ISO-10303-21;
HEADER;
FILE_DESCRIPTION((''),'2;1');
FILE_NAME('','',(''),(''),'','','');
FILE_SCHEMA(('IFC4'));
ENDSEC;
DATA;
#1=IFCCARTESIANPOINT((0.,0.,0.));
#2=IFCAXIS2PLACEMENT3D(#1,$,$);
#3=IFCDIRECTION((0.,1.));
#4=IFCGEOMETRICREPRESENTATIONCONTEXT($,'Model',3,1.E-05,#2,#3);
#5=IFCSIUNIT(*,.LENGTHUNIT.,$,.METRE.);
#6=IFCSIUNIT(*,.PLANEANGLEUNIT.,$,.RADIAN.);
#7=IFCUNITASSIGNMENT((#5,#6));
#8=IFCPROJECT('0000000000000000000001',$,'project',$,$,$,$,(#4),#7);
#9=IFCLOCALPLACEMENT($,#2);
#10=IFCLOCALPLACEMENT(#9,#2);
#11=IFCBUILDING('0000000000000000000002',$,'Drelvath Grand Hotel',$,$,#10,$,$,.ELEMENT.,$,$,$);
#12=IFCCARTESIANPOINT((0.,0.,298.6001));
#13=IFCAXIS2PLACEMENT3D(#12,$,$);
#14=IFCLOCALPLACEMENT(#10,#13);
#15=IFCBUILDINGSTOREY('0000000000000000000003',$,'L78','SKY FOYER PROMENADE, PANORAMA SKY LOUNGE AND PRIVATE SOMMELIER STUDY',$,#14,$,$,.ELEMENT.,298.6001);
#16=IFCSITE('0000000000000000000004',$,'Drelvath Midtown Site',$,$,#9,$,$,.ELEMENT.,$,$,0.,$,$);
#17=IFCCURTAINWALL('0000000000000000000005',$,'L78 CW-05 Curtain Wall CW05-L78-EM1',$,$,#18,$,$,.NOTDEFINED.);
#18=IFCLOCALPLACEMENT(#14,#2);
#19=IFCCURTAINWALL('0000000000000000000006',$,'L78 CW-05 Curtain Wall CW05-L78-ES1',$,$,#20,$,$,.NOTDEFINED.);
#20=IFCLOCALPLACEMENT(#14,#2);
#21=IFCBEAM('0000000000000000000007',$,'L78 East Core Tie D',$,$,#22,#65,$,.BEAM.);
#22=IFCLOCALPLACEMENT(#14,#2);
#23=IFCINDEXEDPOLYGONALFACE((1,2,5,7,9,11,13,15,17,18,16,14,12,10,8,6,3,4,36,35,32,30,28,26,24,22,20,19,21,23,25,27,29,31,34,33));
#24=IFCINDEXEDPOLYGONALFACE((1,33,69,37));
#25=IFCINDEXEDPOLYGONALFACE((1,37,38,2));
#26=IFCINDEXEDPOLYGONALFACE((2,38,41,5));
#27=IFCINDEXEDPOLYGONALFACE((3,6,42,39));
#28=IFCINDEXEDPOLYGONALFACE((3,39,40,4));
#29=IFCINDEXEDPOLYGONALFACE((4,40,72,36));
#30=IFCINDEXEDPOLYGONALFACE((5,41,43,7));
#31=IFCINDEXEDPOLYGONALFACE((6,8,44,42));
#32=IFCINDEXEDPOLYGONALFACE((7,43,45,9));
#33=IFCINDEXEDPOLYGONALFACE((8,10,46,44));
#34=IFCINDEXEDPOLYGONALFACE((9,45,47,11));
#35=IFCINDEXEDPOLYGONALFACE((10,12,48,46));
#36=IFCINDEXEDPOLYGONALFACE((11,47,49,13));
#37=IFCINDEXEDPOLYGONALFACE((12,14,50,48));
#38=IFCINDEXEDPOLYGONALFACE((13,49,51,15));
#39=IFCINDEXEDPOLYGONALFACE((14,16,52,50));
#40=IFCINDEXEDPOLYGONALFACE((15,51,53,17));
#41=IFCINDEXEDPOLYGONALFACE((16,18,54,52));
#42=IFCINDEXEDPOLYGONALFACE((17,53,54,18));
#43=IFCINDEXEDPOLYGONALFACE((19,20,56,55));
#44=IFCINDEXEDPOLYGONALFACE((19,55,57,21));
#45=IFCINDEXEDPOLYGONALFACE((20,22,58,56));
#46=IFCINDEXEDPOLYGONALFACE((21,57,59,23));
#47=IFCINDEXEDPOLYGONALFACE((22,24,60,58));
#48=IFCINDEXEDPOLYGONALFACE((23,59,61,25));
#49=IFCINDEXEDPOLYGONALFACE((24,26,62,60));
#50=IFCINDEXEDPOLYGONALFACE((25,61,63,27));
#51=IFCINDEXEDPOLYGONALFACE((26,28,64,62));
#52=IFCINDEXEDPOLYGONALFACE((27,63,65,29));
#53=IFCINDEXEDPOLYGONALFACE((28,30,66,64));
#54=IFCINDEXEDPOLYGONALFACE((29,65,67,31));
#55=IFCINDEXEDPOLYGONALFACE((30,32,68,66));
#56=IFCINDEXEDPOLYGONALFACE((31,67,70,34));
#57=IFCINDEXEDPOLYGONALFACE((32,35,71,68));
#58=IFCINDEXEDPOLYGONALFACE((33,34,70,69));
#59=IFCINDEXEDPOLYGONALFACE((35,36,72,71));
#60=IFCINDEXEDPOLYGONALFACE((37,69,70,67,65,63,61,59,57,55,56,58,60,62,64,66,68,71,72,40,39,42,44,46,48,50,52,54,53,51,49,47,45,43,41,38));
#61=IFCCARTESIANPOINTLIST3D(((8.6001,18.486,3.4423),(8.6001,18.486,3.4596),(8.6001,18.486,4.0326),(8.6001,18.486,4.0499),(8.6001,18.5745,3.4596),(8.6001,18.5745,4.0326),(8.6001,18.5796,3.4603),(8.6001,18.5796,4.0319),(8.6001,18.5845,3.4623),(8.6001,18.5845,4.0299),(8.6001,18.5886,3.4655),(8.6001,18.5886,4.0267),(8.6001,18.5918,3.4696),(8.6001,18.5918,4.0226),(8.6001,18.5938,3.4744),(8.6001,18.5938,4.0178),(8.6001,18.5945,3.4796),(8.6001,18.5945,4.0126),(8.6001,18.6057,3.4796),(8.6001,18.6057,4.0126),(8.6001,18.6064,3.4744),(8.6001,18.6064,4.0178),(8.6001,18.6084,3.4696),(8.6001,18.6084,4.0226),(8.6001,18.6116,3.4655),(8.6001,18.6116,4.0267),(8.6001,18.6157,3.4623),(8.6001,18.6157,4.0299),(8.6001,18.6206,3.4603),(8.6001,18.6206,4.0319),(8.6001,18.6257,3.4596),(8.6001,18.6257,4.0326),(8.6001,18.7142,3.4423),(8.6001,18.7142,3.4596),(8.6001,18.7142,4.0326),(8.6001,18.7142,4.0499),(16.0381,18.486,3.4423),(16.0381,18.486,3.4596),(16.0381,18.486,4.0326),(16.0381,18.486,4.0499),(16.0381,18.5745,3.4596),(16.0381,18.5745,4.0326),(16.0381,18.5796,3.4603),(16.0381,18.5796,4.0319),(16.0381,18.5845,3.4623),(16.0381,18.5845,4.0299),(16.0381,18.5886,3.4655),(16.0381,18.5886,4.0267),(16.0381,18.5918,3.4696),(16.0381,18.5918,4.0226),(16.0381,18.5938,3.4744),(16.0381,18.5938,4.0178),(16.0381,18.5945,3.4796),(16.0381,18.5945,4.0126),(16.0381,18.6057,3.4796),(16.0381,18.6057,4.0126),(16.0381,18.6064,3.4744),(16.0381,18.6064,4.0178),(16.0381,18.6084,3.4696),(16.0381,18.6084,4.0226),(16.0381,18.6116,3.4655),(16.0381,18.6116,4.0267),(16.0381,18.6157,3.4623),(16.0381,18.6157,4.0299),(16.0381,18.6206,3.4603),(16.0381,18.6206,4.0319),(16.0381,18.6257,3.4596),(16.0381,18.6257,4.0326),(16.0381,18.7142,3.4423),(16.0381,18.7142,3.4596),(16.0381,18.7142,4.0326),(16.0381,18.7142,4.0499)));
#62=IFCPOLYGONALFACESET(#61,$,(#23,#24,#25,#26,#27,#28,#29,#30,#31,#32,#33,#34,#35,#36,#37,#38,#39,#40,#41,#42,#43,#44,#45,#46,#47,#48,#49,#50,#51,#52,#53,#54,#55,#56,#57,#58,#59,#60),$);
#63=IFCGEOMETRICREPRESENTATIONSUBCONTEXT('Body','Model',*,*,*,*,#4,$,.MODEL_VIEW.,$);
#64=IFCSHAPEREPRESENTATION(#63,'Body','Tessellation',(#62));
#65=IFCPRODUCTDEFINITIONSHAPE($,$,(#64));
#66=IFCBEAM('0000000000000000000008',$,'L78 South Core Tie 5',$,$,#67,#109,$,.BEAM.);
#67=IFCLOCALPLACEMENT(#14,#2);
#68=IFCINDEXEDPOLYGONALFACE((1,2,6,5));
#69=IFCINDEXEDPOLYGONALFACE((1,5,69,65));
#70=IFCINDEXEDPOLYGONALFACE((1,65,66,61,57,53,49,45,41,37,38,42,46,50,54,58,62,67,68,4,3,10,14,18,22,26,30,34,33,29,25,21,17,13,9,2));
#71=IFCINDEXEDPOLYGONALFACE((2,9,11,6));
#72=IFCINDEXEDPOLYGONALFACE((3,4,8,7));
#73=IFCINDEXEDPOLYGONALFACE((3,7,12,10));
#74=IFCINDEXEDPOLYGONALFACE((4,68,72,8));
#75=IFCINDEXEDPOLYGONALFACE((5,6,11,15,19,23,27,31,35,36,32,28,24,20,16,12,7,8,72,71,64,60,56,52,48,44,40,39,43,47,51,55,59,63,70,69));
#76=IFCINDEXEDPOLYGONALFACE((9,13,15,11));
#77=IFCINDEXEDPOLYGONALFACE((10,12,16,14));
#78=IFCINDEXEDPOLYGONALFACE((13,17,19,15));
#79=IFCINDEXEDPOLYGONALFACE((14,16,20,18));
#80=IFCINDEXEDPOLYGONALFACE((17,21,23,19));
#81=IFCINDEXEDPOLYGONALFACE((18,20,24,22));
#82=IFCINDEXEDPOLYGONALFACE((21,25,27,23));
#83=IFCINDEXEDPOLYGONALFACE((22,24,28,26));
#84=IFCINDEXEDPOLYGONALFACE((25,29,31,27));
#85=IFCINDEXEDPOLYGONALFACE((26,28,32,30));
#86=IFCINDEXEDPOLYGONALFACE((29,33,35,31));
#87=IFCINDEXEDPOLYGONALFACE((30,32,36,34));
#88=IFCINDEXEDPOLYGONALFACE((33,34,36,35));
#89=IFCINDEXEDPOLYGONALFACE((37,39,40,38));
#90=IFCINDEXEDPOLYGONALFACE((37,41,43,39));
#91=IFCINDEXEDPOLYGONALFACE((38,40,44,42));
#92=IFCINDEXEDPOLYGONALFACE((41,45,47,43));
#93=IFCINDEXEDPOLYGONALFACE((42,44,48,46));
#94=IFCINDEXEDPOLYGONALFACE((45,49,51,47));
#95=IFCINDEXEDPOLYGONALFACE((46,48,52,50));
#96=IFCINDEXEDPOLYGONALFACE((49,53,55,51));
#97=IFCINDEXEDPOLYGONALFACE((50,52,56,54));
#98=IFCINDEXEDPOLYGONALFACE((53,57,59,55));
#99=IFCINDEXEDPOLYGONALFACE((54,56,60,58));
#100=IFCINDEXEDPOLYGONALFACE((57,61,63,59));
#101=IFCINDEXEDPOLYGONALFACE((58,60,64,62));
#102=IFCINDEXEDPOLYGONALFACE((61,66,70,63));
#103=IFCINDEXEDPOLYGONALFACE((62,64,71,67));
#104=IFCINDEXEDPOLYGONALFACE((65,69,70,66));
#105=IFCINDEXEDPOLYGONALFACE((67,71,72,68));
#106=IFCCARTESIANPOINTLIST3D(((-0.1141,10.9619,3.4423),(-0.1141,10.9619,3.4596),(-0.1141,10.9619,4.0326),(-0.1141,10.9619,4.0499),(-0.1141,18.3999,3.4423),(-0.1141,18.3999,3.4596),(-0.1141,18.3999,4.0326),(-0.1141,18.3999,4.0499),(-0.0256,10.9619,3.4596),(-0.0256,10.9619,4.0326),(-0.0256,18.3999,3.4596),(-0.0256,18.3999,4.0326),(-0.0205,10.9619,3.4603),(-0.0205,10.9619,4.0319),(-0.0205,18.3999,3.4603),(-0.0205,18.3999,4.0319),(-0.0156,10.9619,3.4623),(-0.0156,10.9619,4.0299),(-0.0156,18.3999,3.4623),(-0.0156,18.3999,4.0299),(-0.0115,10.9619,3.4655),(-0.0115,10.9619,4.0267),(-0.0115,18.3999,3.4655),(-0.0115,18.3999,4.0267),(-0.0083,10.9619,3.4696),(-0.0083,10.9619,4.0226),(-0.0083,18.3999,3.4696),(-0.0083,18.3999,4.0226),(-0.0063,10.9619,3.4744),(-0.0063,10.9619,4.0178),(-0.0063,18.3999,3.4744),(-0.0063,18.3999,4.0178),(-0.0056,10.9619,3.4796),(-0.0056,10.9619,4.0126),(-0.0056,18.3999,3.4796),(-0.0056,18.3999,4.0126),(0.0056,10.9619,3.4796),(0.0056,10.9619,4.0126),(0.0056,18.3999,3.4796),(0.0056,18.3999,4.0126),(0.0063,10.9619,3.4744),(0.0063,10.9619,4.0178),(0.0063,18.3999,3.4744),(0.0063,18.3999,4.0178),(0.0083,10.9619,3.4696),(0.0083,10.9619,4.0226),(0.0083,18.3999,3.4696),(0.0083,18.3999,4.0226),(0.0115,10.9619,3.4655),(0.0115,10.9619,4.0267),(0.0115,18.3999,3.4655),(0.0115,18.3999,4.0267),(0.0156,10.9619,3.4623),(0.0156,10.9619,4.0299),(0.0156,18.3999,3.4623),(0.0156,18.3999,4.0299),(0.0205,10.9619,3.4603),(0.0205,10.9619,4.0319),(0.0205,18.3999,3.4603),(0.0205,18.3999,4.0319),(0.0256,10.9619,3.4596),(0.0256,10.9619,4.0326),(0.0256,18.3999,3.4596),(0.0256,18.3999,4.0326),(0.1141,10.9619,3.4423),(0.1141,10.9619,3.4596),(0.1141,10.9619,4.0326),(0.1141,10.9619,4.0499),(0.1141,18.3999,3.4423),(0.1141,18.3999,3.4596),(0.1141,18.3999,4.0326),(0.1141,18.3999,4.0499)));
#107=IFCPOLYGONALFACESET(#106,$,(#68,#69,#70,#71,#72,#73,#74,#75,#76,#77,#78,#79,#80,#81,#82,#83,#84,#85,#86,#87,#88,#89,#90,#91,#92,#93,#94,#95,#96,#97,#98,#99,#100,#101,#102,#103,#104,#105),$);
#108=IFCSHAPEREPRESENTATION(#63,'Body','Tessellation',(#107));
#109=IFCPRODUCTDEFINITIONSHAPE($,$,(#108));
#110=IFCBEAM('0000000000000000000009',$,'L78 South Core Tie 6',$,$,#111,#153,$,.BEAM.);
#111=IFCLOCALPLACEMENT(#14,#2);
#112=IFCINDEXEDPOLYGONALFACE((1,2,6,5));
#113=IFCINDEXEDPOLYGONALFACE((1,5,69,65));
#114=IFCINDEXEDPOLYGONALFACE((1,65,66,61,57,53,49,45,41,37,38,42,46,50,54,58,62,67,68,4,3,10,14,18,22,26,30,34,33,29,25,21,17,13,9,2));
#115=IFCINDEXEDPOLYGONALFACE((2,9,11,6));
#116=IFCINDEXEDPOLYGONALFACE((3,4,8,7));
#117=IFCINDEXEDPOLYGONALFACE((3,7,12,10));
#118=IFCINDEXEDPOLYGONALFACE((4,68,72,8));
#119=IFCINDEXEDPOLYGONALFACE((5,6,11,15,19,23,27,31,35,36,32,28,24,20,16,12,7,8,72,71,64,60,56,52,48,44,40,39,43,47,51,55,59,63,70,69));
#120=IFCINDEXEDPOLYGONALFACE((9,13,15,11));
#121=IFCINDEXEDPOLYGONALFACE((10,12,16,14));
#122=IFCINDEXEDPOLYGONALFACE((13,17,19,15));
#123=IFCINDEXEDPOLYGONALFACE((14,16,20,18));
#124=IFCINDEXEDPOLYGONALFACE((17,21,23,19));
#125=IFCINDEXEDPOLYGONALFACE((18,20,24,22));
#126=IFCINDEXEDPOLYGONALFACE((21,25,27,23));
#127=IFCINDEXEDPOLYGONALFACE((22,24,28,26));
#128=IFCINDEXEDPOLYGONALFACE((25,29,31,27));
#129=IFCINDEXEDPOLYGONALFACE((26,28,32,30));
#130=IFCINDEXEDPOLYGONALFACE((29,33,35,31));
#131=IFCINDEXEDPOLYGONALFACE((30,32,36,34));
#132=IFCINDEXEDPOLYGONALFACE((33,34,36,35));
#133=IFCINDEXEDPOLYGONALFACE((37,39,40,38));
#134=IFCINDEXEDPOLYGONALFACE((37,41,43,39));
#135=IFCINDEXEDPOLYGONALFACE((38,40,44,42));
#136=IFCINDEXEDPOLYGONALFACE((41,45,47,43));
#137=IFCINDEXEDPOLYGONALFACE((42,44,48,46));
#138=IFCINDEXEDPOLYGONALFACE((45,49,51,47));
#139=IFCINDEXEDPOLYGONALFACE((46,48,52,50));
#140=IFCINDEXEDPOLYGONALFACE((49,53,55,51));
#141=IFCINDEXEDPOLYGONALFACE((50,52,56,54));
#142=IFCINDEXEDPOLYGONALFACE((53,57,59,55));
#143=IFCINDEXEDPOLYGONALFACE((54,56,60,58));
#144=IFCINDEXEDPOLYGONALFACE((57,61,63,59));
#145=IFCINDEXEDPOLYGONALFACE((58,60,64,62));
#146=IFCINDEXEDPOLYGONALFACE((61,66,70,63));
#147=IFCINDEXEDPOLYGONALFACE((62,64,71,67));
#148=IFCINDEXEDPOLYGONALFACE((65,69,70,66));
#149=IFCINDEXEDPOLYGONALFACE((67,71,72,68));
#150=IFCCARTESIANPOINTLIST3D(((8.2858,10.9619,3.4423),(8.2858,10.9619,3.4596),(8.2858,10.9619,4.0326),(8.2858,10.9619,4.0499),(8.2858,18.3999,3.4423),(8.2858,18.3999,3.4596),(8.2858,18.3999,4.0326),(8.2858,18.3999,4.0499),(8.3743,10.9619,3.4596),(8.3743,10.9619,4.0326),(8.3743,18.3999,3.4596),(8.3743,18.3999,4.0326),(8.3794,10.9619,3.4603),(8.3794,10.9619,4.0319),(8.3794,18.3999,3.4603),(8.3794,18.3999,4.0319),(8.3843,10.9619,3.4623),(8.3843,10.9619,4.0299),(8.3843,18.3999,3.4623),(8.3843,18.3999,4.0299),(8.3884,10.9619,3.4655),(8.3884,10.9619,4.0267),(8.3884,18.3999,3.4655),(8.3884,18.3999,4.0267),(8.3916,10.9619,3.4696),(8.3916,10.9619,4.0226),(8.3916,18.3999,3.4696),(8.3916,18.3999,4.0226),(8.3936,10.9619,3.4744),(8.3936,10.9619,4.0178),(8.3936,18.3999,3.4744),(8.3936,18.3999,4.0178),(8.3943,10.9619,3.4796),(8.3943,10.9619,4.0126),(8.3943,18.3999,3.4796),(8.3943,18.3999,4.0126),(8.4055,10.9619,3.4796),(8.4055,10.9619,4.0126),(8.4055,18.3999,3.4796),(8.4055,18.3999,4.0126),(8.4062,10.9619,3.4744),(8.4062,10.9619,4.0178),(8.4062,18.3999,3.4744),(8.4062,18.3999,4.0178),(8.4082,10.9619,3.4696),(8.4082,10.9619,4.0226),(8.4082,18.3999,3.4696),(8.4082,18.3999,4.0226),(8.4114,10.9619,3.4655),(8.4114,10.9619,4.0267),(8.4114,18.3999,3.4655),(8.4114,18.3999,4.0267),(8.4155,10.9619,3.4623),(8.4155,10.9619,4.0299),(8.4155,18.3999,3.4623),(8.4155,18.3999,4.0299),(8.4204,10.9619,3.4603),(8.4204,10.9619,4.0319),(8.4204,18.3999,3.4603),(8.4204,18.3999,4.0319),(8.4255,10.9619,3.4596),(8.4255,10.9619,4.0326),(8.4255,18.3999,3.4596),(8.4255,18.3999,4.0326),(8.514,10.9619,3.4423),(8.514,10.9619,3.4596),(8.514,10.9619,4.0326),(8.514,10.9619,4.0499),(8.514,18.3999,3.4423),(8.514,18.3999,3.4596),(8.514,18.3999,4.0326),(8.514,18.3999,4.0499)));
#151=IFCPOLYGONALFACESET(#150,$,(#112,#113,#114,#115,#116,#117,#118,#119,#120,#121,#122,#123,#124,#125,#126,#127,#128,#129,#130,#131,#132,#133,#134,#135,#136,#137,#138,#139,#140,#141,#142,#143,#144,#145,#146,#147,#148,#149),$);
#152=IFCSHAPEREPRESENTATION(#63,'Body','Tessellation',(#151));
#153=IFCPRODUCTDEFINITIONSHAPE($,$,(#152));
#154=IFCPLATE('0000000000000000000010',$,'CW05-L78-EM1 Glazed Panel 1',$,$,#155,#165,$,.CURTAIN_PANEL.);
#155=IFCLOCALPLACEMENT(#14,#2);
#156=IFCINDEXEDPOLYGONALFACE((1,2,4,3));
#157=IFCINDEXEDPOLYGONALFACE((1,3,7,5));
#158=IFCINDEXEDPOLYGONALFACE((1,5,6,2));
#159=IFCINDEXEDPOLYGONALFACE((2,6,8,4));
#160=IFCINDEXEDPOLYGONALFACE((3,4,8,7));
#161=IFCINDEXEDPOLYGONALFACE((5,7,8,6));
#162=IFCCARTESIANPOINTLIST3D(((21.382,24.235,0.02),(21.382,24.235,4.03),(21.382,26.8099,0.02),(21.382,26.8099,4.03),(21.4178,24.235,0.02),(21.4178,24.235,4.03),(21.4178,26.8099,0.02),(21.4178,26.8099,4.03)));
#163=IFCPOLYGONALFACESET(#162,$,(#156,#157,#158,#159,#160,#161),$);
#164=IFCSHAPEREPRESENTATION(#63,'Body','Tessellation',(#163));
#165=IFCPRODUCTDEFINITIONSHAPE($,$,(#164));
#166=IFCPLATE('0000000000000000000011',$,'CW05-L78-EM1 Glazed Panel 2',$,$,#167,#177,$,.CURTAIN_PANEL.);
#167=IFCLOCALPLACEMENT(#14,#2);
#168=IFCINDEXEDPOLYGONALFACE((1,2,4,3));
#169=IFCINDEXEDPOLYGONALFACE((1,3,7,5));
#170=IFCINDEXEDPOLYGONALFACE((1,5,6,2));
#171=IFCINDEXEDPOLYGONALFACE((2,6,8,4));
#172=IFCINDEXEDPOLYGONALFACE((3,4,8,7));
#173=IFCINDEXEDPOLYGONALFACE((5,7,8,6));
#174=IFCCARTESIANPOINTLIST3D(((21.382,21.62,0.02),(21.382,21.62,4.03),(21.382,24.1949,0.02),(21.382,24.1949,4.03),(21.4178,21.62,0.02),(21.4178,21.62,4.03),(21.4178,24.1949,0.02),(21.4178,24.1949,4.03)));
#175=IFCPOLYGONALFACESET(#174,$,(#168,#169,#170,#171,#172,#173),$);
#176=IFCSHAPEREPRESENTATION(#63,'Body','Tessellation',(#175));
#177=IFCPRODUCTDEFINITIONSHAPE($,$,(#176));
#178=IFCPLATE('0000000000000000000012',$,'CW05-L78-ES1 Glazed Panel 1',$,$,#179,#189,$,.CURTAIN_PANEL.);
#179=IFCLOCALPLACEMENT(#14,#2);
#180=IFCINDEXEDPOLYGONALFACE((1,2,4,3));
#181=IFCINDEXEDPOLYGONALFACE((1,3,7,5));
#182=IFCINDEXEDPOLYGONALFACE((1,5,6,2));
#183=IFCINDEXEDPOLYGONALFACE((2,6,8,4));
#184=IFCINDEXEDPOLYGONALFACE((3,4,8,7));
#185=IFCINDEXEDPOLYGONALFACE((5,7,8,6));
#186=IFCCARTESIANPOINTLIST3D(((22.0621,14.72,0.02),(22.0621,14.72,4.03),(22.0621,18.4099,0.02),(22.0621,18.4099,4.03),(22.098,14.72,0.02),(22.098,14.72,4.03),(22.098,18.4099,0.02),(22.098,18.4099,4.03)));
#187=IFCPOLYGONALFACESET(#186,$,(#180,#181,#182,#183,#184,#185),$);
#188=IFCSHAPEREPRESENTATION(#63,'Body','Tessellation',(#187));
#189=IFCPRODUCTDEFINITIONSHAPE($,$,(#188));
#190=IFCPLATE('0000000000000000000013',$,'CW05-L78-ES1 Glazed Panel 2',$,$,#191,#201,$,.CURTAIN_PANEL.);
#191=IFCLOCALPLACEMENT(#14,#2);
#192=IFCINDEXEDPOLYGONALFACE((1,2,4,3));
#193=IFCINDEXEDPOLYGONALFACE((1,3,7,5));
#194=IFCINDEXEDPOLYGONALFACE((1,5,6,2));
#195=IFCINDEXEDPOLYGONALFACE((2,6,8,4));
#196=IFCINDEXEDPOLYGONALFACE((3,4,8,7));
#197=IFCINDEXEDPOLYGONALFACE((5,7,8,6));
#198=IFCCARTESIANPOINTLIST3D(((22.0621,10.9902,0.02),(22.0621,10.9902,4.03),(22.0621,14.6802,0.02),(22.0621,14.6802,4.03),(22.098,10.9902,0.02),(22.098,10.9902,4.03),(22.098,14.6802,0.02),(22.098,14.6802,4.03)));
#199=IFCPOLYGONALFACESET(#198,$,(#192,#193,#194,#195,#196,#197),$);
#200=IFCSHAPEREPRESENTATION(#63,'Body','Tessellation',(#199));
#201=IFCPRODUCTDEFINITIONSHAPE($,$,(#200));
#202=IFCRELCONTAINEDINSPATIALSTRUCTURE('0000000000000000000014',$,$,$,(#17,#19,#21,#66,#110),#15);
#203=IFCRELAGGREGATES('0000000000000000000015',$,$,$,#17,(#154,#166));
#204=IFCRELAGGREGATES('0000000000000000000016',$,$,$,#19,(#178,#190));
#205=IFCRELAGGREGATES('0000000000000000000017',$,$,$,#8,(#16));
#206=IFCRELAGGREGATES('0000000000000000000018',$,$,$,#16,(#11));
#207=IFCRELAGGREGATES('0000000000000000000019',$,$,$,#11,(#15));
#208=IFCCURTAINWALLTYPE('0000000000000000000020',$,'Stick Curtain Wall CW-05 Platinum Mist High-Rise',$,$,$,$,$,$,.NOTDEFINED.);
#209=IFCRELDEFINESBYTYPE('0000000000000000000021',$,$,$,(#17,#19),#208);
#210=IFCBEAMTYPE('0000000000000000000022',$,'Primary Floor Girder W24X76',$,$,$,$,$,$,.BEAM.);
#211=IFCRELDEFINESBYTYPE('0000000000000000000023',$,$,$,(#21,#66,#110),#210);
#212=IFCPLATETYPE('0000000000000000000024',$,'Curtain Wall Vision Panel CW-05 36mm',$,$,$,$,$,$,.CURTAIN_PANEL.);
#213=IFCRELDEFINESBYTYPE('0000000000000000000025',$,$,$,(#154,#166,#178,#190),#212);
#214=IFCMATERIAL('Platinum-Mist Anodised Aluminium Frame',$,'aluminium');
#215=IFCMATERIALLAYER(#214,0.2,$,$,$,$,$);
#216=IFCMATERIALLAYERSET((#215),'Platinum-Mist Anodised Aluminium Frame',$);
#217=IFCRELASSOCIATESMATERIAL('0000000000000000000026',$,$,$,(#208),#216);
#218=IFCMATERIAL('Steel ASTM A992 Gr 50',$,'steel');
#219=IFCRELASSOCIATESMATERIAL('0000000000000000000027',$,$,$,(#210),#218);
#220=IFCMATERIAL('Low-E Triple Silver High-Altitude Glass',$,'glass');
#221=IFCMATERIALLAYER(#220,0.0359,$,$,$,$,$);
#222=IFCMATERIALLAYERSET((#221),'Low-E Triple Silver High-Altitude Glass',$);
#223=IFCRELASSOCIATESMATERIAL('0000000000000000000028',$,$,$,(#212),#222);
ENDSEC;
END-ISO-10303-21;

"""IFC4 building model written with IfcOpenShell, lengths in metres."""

from ifc_helpers import new_model, si_unit, direction, frame, origin, origin_2d, place, context, subcontext, project, spatial, rectangle, i_section, extrude, material, layer, layer_set, material_profile, profile_set, type_object, element, aggregate, save


model = new_model("IFC4")

# Units and contexts
model_context = context("Model", 3, precision=1e-05, world=origin(), true_north=direction((0.0, 1.0)))
body_context = subcontext(model_context, "Body", "Model", "MODEL_VIEW")
ifc_project = project(units=[si_unit("LENGTHUNIT", "METRE"), si_unit("PLANEANGLEUNIT", "RADIAN")], contexts=[model_context])

# Site, building, storey
site_placement = place(None, origin())
site = spatial("IfcSite", under=ifc_project, at=site_placement, Name="Drelvath Midtown Site", CompositionType="ELEMENT", RefElevation=0.0)
building_placement = place(site_placement, origin())
building = spatial("IfcBuilding", under=site, at=building_placement, Name="Drelvath Grand Hotel", CompositionType="ELEMENT")
storey_placement = place(building_placement, frame((0.0, 0.0, 298.6001)))
storey = spatial("IfcBuildingStorey", under=building, at=storey_placement, Name="L78", Description="SKY FOYER PROMENADE, PANORAMA SKY LOUNGE AND PRIVATE SOMMELIER STUDY", CompositionType="ELEMENT", Elevation=298.6001)

# Curtain walls
ifc_material_1 = material(Name="Platinum-Mist Anodised Aluminium Frame", Category="aluminium")
ifc_layer_1 = layer(ifc_material_1, 0.2)
ifc_layer_set_1 = layer_set([ifc_layer_1], Name="Platinum-Mist Anodised Aluminium Frame")
curtain_wall_type = type_object("IfcCurtainWallType", Name="Stick Curtain Wall CW-05 Platinum Mist High-Rise", PredefinedType="NOTDEFINED", material=ifc_layer_set_1)
curtain_wall_1_placement = place(storey_placement, origin())
curtain_wall_1 = element("IfcCurtainWall", 1, at=curtain_wall_1_placement, inside=storey, type_object=curtain_wall_type, Name="L78 CW-05 Curtain Wall CW05-L78-EM1", PredefinedType="NOTDEFINED")
curtain_wall_2_placement = place(storey_placement, origin())
curtain_wall_2 = element("IfcCurtainWall", 2, at=curtain_wall_2_placement, inside=storey, type_object=curtain_wall_type, Name="L78 CW-05 Curtain Wall CW05-L78-ES1", PredefinedType="NOTDEFINED")

# Beams
ifc_material_2 = material(Name="Steel ASTM A992 Gr 50", Category="steel")
ifc_material_profile_1 = material_profile(ifc_material_2, i_section(OverallWidth=0.2283, OverallDepth=0.6077, WebThickness=0.0112, FlangeThickness=0.0173, FilletRadius=0.02, at=origin_2d()), Name="W24X76")
ifc_profile_set_1 = profile_set([ifc_material_profile_1], Name="Steel ASTM A992 Gr 50")
beam_type_1 = type_object("IfcBeamType", Name="Primary Floor Girder W24X76", PredefinedType="BEAM", material=ifc_profile_set_1)
for number, where, z_axis, x_axis, name in (
    (3, (8.6001, 18.6001, 3.7461), (1.0, 0.0, 0.0), (0.0, 1.0, 0.0), "L78 East Core Tie D"),
    (4, (0.0, 10.9619, 3.7461), (0.0, 1.0, 0.0), (-1.0, 0.0, 0.0), "L78 South Core Tie 5"),
    (5, (8.3999, 10.9619, 3.7461), (0.0, 1.0, 0.0), (-1.0, 0.0, 0.0), "L78 South Core Tie 6"),
):
    element("IfcBeam", number, at=place(storey_placement, frame(where, z_axis=z_axis, x_axis=x_axis)), inside=storey, type_object=beam_type_1, Name=name, PredefinedType="BEAM", context=body_context, shape_type="SweptSolid", body=[
        extrude(i_section(OverallWidth=0.2283, OverallDepth=0.6077, WebThickness=0.0112, FlangeThickness=0.0173, FilletRadius=0.02, at=origin_2d()), origin(), (0.0, 0.0, 1.0), 7.438),
    ])

# Plates
ifc_material_3 = material(Name="Low-E Triple Silver High-Altitude Glass", Category="glass")
ifc_layer_2 = layer(ifc_material_3, 0.0359)
ifc_layer_set_2 = layer_set([ifc_layer_2], Name="Low-E Triple Silver High-Altitude Glass")
plate_type = type_object("IfcPlateType", Name="Curtain Wall Vision Panel CW-05 36mm", PredefinedType="CURTAIN_PANEL", material=ifc_layer_set_2)
plate_1_placement = place(storey_placement, frame((21.3999, 25.5225, 0.02), z_axis=(0.0, 0.0, 1.0), x_axis=(0.0, -1.0, 0.0)))
plate_1 = element("IfcPlate", 6, at=plate_1_placement, type_object=plate_type, Name="CW05-L78-EM1 Glazed Panel 1", PredefinedType="CURTAIN_PANEL", context=body_context, shape_type="SweptSolid", body=[
    extrude(rectangle(XDim=2.575, YDim=0.0359, at=origin_2d()), origin(), (0.0, 0.0, 1.0), 4.01),
])
plate_2_placement = place(storey_placement, frame((21.3999, 22.9075, 0.02), z_axis=(0.0, 0.0, 1.0), x_axis=(0.0, -1.0, 0.0)))
plate_2 = element("IfcPlate", 7, at=plate_2_placement, type_object=plate_type, Name="CW05-L78-EM1 Glazed Panel 2", PredefinedType="CURTAIN_PANEL", context=body_context, shape_type="SweptSolid", body=[
    extrude(rectangle(XDim=2.575, YDim=0.0359, at=origin_2d()), origin(), (0.0, 0.0, 1.0), 4.01),
])
aggregate(curtain_wall_1, [plate_1, plate_2])
plate_3_placement = place(storey_placement, frame((22.0801, 16.5649, 0.02), z_axis=(0.0, 0.0, 1.0), x_axis=(0.0, -1.0, 0.0)))
plate_3 = element("IfcPlate", 8, at=plate_3_placement, type_object=plate_type, Name="CW05-L78-ES1 Glazed Panel 1", PredefinedType="CURTAIN_PANEL", context=body_context, shape_type="SweptSolid", body=[
    extrude(rectangle(XDim=3.6899, YDim=0.0359, at=origin_2d()), origin(), (0.0, 0.0, 1.0), 4.01),
])
plate_4_placement = place(storey_placement, frame((22.0801, 12.8352, 0.02), z_axis=(0.0, 0.0, 1.0), x_axis=(0.0, -1.0, 0.0)))
plate_4 = element("IfcPlate", 9, at=plate_4_placement, type_object=plate_type, Name="CW05-L78-ES1 Glazed Panel 2", PredefinedType="CURTAIN_PANEL", context=body_context, shape_type="SweptSolid", body=[
    extrude(rectangle(XDim=3.6899, YDim=0.0359, at=origin_2d()), origin(), (0.0, 0.0, 1.0), 4.01),
])
aggregate(curtain_wall_2, [plate_3, plate_4])

save(model, "model.ifc")
